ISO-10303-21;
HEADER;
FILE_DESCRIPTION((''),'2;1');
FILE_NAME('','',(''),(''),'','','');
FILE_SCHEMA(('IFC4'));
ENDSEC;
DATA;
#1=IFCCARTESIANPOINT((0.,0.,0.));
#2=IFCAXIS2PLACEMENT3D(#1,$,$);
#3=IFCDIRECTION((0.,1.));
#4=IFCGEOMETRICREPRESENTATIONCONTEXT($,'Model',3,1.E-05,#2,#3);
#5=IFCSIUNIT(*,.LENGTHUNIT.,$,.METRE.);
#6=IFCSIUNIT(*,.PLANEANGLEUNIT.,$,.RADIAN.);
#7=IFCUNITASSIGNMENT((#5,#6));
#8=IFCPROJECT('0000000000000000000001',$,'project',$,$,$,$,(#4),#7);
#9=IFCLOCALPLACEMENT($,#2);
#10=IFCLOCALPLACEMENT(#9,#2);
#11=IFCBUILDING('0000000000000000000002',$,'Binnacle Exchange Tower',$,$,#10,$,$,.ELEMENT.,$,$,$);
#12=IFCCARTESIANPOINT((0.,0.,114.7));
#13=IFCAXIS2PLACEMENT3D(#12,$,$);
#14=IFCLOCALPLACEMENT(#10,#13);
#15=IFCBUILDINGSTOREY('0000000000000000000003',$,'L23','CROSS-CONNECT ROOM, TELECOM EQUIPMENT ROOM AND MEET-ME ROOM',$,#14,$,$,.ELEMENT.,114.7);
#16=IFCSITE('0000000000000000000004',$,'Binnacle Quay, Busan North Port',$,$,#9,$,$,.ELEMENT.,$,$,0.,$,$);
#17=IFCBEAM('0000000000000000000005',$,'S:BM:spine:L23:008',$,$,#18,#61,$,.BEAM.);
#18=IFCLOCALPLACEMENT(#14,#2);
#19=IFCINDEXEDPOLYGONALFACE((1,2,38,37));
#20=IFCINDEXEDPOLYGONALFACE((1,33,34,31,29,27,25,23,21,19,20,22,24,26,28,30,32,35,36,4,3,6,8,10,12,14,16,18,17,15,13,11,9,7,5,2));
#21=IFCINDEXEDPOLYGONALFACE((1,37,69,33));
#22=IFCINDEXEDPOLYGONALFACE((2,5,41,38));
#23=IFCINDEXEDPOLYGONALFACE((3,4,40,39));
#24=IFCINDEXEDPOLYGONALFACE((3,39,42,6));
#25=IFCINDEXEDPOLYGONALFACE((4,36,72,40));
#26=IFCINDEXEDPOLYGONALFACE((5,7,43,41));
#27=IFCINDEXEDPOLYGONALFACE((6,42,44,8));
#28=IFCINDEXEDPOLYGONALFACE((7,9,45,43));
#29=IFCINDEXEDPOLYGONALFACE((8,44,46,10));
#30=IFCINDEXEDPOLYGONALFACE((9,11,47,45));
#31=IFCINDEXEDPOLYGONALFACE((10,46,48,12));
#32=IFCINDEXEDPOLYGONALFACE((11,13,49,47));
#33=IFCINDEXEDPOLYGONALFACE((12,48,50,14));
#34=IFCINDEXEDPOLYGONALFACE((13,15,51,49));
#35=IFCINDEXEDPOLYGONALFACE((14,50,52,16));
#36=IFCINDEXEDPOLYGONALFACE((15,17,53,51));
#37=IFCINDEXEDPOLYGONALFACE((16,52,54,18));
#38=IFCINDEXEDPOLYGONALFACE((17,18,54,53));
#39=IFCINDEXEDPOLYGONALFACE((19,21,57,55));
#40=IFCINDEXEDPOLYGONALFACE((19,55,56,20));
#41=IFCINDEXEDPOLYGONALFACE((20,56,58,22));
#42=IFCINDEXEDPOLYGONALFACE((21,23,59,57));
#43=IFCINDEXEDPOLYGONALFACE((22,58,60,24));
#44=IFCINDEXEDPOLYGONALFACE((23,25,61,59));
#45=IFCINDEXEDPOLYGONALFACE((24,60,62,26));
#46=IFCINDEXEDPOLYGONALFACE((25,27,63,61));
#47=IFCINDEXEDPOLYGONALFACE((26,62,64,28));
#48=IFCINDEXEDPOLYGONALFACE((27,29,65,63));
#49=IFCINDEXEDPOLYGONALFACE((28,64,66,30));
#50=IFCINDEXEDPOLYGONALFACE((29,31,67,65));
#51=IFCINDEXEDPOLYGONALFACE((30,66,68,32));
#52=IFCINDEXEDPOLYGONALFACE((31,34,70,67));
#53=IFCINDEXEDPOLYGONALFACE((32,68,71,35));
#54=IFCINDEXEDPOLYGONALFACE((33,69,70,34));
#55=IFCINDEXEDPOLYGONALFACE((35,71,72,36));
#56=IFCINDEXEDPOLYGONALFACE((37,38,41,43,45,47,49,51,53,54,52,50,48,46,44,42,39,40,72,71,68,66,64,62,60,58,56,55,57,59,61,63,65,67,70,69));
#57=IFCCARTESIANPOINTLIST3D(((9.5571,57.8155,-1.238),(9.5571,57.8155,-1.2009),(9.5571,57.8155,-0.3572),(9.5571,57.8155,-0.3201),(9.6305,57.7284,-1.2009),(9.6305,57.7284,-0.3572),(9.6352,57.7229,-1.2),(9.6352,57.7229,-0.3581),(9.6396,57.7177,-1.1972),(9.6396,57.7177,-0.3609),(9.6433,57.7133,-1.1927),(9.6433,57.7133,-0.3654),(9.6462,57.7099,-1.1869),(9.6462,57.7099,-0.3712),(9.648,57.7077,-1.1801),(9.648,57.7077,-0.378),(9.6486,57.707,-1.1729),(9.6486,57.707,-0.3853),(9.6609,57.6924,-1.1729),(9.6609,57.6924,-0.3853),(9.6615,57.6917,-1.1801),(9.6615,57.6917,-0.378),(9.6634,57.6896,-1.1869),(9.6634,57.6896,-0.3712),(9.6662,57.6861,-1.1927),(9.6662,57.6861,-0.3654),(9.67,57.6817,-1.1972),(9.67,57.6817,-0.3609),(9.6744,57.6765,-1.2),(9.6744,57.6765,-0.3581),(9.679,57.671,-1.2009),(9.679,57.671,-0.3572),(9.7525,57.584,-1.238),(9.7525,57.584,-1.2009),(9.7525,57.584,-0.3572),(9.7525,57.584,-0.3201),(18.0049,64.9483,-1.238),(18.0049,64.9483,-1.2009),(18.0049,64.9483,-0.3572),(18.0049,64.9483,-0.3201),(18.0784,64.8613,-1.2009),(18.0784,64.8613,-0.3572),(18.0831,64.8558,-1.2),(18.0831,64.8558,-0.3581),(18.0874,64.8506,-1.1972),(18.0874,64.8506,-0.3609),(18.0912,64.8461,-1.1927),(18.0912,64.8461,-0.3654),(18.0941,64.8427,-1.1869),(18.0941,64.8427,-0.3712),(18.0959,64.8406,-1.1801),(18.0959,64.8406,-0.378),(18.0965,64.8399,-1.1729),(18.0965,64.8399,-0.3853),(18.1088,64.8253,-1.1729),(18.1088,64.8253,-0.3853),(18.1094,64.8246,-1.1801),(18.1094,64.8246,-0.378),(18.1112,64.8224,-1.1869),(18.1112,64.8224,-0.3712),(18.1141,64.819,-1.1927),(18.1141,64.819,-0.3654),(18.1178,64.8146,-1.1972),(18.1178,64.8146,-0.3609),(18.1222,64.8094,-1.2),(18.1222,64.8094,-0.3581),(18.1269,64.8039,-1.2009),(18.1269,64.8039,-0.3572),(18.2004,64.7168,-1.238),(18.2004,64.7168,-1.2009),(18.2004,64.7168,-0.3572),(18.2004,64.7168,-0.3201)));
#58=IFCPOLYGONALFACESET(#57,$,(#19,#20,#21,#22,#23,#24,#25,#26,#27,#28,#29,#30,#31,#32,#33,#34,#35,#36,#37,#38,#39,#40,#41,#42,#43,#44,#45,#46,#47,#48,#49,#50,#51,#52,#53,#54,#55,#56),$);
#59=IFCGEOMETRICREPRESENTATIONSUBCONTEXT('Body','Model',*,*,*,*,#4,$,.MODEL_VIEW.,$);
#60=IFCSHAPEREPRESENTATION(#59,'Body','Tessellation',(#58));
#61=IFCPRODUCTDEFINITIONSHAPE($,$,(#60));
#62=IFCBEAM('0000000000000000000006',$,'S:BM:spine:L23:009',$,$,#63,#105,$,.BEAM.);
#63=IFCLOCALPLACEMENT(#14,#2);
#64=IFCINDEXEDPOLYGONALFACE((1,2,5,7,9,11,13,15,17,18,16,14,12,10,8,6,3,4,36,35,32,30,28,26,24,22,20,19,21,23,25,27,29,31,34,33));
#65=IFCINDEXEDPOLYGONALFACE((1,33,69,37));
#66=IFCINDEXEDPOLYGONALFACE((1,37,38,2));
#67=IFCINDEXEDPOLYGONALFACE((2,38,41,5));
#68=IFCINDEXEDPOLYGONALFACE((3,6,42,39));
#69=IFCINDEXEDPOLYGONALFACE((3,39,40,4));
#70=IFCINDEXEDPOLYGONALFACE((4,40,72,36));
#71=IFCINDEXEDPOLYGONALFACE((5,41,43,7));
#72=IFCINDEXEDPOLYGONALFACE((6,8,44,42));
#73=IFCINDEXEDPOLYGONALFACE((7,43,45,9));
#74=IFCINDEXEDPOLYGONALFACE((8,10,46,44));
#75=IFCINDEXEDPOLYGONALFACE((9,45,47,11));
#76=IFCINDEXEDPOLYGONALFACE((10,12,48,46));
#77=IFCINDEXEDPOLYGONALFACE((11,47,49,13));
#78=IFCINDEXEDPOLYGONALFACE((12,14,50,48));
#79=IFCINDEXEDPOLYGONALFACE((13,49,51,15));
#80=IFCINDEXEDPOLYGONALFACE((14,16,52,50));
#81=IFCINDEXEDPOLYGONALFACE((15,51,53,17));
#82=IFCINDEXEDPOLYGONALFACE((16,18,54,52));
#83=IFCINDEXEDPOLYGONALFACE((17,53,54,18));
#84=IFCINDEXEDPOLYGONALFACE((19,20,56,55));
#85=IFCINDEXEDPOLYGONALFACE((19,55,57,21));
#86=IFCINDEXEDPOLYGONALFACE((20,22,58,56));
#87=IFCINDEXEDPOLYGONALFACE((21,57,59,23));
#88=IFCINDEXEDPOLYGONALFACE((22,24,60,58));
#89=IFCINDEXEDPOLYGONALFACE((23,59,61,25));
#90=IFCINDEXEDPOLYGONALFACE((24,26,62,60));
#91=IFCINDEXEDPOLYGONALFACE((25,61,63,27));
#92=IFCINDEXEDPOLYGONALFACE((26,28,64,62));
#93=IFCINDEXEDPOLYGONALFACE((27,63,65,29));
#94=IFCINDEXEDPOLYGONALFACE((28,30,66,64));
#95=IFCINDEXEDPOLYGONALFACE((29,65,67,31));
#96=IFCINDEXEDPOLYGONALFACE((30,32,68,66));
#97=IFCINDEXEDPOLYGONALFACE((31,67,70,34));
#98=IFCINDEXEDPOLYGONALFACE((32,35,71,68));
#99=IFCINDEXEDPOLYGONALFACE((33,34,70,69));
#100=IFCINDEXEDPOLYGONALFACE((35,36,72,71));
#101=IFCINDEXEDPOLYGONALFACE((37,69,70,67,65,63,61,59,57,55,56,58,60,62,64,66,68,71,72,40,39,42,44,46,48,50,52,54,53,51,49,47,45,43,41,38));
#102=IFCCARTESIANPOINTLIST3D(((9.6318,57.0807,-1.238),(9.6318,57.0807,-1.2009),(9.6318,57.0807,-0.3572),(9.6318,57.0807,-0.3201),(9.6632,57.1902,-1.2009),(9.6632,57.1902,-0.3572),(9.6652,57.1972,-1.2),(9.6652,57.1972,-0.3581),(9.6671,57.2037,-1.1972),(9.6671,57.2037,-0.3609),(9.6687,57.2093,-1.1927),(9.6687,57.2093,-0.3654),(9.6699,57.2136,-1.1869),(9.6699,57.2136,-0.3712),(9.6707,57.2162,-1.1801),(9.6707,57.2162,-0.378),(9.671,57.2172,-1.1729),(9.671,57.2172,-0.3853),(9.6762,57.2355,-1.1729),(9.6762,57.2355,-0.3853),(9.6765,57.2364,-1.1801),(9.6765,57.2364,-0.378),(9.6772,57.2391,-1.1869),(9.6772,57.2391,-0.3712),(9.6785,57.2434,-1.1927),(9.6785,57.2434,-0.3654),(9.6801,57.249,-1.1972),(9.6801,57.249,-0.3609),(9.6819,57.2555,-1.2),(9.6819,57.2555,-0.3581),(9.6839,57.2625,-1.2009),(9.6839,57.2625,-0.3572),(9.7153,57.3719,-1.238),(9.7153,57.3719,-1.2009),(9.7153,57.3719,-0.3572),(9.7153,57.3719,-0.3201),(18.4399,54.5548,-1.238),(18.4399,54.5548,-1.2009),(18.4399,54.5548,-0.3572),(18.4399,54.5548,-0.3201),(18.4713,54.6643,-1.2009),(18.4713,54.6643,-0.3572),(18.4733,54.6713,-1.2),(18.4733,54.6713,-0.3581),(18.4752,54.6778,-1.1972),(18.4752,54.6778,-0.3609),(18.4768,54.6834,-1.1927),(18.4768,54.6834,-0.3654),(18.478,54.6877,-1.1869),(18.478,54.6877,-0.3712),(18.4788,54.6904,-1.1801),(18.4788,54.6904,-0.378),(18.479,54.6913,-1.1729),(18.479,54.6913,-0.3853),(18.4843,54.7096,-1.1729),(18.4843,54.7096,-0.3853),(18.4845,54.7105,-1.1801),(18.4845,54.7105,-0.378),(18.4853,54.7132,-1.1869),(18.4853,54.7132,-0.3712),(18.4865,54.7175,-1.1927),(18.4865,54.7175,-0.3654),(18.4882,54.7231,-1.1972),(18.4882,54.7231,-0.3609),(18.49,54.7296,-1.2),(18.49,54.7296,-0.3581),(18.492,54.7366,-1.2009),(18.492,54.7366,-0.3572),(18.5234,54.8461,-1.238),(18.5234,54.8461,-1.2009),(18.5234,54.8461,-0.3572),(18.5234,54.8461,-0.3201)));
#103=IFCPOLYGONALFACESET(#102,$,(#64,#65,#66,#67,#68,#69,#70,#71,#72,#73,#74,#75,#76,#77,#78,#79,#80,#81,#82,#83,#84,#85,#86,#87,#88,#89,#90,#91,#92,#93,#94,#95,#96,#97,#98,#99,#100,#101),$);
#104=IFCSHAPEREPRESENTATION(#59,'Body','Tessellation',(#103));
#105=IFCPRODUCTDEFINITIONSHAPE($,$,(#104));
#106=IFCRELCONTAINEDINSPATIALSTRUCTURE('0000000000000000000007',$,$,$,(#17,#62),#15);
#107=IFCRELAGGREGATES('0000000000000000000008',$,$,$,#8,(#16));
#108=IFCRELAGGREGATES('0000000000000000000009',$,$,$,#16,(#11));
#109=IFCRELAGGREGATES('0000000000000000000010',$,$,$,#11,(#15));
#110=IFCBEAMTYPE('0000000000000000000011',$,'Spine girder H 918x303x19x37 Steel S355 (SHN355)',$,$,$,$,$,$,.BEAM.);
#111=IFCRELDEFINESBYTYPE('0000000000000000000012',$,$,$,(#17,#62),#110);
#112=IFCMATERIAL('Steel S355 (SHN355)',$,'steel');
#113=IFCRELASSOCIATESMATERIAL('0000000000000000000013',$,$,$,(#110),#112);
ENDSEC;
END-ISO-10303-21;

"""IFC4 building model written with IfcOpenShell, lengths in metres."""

from ifc_helpers import new_model, si_unit, direction, frame, origin, origin_2d, place, context, subcontext, project, spatial, i_section, extrude, material, material_profile, profile_set, type_object, element, save


model = new_model("IFC4")

# Units and contexts
model_context = context("Model", 3, precision=1e-05, world=origin(), true_north=direction((0.0, 1.0)))
body_context = subcontext(model_context, "Body", "Model", "MODEL_VIEW")
ifc_project = project(units=[si_unit("LENGTHUNIT", "METRE"), si_unit("PLANEANGLEUNIT", "RADIAN")], contexts=[model_context])

# Site, building, storey
site_placement = place(None, origin())
site = spatial("IfcSite", under=ifc_project, at=site_placement, Name="Binnacle Quay, Busan North Port", CompositionType="ELEMENT", RefElevation=0.0)
building_placement = place(site_placement, origin())
building = spatial("IfcBuilding", under=site, at=building_placement, Name="Binnacle Exchange Tower", CompositionType="ELEMENT")
storey_placement = place(building_placement, frame((0.0, 0.0, 114.7)))
storey = spatial("IfcBuildingStorey", under=building, at=storey_placement, Name="L23", Description="CROSS-CONNECT ROOM, TELECOM EQUIPMENT ROOM AND MEET-ME ROOM", CompositionType="ELEMENT", Elevation=114.7)

# Beams
ifc_material_1 = material(Name="Steel S355 (SHN355)", Category="steel")
ifc_material_profile_1 = material_profile(ifc_material_1, i_section(OverallWidth=0.303, OverallDepth=0.918, WebThickness=0.019, FlangeThickness=0.0371, FilletRadius=0.0281, at=origin_2d()), Name="H 918x303x19x37")
ifc_profile_set_1 = profile_set([ifc_material_profile_1], Name="Steel S355 (SHN355)")
beam_type_1 = type_object("IfcBeamType", Name="Spine girder H 918x303x19x37 Steel S355 (SHN355)", PredefinedType="BEAM", material=ifc_profile_set_1)
beam_1_placement = place(storey_placement, frame((9.6548, 57.6997, -0.7791), z_axis=(0.764068, 0.645136, 0.0), x_axis=(-0.645136, 0.764068, 0.0)))
element("IfcBeam", 1, at=beam_1_placement, inside=storey, type_object=beam_type_1, Name="S:BM:spine:L23:008", PredefinedType="BEAM", context=body_context, shape_type="SweptSolid", body=[
    extrude(i_section(OverallWidth=0.303, OverallDepth=0.918, WebThickness=0.019, FlangeThickness=0.0371, FilletRadius=0.0281, at=origin_2d()), origin(), (0.0, 0.0, 1.0), 11.0564),
])
beam_2_placement = place(storey_placement, frame((9.6736, 57.2263, -0.7791), z_axis=(0.961256, -0.275657, 0.0), x_axis=(0.275657, 0.961256, 0.0)))
element("IfcBeam", 2, at=beam_2_placement, inside=storey, type_object=beam_type_1, Name="S:BM:spine:L23:009", PredefinedType="BEAM", context=body_context, shape_type="SweptSolid", body=[
    extrude(i_section(OverallWidth=0.303, OverallDepth=0.918, WebThickness=0.019, FlangeThickness=0.0371, FilletRadius=0.0281, at=origin_2d()), origin(), (0.0, 0.0, 1.0), 9.1631),
])

save(model, "model.ifc")
